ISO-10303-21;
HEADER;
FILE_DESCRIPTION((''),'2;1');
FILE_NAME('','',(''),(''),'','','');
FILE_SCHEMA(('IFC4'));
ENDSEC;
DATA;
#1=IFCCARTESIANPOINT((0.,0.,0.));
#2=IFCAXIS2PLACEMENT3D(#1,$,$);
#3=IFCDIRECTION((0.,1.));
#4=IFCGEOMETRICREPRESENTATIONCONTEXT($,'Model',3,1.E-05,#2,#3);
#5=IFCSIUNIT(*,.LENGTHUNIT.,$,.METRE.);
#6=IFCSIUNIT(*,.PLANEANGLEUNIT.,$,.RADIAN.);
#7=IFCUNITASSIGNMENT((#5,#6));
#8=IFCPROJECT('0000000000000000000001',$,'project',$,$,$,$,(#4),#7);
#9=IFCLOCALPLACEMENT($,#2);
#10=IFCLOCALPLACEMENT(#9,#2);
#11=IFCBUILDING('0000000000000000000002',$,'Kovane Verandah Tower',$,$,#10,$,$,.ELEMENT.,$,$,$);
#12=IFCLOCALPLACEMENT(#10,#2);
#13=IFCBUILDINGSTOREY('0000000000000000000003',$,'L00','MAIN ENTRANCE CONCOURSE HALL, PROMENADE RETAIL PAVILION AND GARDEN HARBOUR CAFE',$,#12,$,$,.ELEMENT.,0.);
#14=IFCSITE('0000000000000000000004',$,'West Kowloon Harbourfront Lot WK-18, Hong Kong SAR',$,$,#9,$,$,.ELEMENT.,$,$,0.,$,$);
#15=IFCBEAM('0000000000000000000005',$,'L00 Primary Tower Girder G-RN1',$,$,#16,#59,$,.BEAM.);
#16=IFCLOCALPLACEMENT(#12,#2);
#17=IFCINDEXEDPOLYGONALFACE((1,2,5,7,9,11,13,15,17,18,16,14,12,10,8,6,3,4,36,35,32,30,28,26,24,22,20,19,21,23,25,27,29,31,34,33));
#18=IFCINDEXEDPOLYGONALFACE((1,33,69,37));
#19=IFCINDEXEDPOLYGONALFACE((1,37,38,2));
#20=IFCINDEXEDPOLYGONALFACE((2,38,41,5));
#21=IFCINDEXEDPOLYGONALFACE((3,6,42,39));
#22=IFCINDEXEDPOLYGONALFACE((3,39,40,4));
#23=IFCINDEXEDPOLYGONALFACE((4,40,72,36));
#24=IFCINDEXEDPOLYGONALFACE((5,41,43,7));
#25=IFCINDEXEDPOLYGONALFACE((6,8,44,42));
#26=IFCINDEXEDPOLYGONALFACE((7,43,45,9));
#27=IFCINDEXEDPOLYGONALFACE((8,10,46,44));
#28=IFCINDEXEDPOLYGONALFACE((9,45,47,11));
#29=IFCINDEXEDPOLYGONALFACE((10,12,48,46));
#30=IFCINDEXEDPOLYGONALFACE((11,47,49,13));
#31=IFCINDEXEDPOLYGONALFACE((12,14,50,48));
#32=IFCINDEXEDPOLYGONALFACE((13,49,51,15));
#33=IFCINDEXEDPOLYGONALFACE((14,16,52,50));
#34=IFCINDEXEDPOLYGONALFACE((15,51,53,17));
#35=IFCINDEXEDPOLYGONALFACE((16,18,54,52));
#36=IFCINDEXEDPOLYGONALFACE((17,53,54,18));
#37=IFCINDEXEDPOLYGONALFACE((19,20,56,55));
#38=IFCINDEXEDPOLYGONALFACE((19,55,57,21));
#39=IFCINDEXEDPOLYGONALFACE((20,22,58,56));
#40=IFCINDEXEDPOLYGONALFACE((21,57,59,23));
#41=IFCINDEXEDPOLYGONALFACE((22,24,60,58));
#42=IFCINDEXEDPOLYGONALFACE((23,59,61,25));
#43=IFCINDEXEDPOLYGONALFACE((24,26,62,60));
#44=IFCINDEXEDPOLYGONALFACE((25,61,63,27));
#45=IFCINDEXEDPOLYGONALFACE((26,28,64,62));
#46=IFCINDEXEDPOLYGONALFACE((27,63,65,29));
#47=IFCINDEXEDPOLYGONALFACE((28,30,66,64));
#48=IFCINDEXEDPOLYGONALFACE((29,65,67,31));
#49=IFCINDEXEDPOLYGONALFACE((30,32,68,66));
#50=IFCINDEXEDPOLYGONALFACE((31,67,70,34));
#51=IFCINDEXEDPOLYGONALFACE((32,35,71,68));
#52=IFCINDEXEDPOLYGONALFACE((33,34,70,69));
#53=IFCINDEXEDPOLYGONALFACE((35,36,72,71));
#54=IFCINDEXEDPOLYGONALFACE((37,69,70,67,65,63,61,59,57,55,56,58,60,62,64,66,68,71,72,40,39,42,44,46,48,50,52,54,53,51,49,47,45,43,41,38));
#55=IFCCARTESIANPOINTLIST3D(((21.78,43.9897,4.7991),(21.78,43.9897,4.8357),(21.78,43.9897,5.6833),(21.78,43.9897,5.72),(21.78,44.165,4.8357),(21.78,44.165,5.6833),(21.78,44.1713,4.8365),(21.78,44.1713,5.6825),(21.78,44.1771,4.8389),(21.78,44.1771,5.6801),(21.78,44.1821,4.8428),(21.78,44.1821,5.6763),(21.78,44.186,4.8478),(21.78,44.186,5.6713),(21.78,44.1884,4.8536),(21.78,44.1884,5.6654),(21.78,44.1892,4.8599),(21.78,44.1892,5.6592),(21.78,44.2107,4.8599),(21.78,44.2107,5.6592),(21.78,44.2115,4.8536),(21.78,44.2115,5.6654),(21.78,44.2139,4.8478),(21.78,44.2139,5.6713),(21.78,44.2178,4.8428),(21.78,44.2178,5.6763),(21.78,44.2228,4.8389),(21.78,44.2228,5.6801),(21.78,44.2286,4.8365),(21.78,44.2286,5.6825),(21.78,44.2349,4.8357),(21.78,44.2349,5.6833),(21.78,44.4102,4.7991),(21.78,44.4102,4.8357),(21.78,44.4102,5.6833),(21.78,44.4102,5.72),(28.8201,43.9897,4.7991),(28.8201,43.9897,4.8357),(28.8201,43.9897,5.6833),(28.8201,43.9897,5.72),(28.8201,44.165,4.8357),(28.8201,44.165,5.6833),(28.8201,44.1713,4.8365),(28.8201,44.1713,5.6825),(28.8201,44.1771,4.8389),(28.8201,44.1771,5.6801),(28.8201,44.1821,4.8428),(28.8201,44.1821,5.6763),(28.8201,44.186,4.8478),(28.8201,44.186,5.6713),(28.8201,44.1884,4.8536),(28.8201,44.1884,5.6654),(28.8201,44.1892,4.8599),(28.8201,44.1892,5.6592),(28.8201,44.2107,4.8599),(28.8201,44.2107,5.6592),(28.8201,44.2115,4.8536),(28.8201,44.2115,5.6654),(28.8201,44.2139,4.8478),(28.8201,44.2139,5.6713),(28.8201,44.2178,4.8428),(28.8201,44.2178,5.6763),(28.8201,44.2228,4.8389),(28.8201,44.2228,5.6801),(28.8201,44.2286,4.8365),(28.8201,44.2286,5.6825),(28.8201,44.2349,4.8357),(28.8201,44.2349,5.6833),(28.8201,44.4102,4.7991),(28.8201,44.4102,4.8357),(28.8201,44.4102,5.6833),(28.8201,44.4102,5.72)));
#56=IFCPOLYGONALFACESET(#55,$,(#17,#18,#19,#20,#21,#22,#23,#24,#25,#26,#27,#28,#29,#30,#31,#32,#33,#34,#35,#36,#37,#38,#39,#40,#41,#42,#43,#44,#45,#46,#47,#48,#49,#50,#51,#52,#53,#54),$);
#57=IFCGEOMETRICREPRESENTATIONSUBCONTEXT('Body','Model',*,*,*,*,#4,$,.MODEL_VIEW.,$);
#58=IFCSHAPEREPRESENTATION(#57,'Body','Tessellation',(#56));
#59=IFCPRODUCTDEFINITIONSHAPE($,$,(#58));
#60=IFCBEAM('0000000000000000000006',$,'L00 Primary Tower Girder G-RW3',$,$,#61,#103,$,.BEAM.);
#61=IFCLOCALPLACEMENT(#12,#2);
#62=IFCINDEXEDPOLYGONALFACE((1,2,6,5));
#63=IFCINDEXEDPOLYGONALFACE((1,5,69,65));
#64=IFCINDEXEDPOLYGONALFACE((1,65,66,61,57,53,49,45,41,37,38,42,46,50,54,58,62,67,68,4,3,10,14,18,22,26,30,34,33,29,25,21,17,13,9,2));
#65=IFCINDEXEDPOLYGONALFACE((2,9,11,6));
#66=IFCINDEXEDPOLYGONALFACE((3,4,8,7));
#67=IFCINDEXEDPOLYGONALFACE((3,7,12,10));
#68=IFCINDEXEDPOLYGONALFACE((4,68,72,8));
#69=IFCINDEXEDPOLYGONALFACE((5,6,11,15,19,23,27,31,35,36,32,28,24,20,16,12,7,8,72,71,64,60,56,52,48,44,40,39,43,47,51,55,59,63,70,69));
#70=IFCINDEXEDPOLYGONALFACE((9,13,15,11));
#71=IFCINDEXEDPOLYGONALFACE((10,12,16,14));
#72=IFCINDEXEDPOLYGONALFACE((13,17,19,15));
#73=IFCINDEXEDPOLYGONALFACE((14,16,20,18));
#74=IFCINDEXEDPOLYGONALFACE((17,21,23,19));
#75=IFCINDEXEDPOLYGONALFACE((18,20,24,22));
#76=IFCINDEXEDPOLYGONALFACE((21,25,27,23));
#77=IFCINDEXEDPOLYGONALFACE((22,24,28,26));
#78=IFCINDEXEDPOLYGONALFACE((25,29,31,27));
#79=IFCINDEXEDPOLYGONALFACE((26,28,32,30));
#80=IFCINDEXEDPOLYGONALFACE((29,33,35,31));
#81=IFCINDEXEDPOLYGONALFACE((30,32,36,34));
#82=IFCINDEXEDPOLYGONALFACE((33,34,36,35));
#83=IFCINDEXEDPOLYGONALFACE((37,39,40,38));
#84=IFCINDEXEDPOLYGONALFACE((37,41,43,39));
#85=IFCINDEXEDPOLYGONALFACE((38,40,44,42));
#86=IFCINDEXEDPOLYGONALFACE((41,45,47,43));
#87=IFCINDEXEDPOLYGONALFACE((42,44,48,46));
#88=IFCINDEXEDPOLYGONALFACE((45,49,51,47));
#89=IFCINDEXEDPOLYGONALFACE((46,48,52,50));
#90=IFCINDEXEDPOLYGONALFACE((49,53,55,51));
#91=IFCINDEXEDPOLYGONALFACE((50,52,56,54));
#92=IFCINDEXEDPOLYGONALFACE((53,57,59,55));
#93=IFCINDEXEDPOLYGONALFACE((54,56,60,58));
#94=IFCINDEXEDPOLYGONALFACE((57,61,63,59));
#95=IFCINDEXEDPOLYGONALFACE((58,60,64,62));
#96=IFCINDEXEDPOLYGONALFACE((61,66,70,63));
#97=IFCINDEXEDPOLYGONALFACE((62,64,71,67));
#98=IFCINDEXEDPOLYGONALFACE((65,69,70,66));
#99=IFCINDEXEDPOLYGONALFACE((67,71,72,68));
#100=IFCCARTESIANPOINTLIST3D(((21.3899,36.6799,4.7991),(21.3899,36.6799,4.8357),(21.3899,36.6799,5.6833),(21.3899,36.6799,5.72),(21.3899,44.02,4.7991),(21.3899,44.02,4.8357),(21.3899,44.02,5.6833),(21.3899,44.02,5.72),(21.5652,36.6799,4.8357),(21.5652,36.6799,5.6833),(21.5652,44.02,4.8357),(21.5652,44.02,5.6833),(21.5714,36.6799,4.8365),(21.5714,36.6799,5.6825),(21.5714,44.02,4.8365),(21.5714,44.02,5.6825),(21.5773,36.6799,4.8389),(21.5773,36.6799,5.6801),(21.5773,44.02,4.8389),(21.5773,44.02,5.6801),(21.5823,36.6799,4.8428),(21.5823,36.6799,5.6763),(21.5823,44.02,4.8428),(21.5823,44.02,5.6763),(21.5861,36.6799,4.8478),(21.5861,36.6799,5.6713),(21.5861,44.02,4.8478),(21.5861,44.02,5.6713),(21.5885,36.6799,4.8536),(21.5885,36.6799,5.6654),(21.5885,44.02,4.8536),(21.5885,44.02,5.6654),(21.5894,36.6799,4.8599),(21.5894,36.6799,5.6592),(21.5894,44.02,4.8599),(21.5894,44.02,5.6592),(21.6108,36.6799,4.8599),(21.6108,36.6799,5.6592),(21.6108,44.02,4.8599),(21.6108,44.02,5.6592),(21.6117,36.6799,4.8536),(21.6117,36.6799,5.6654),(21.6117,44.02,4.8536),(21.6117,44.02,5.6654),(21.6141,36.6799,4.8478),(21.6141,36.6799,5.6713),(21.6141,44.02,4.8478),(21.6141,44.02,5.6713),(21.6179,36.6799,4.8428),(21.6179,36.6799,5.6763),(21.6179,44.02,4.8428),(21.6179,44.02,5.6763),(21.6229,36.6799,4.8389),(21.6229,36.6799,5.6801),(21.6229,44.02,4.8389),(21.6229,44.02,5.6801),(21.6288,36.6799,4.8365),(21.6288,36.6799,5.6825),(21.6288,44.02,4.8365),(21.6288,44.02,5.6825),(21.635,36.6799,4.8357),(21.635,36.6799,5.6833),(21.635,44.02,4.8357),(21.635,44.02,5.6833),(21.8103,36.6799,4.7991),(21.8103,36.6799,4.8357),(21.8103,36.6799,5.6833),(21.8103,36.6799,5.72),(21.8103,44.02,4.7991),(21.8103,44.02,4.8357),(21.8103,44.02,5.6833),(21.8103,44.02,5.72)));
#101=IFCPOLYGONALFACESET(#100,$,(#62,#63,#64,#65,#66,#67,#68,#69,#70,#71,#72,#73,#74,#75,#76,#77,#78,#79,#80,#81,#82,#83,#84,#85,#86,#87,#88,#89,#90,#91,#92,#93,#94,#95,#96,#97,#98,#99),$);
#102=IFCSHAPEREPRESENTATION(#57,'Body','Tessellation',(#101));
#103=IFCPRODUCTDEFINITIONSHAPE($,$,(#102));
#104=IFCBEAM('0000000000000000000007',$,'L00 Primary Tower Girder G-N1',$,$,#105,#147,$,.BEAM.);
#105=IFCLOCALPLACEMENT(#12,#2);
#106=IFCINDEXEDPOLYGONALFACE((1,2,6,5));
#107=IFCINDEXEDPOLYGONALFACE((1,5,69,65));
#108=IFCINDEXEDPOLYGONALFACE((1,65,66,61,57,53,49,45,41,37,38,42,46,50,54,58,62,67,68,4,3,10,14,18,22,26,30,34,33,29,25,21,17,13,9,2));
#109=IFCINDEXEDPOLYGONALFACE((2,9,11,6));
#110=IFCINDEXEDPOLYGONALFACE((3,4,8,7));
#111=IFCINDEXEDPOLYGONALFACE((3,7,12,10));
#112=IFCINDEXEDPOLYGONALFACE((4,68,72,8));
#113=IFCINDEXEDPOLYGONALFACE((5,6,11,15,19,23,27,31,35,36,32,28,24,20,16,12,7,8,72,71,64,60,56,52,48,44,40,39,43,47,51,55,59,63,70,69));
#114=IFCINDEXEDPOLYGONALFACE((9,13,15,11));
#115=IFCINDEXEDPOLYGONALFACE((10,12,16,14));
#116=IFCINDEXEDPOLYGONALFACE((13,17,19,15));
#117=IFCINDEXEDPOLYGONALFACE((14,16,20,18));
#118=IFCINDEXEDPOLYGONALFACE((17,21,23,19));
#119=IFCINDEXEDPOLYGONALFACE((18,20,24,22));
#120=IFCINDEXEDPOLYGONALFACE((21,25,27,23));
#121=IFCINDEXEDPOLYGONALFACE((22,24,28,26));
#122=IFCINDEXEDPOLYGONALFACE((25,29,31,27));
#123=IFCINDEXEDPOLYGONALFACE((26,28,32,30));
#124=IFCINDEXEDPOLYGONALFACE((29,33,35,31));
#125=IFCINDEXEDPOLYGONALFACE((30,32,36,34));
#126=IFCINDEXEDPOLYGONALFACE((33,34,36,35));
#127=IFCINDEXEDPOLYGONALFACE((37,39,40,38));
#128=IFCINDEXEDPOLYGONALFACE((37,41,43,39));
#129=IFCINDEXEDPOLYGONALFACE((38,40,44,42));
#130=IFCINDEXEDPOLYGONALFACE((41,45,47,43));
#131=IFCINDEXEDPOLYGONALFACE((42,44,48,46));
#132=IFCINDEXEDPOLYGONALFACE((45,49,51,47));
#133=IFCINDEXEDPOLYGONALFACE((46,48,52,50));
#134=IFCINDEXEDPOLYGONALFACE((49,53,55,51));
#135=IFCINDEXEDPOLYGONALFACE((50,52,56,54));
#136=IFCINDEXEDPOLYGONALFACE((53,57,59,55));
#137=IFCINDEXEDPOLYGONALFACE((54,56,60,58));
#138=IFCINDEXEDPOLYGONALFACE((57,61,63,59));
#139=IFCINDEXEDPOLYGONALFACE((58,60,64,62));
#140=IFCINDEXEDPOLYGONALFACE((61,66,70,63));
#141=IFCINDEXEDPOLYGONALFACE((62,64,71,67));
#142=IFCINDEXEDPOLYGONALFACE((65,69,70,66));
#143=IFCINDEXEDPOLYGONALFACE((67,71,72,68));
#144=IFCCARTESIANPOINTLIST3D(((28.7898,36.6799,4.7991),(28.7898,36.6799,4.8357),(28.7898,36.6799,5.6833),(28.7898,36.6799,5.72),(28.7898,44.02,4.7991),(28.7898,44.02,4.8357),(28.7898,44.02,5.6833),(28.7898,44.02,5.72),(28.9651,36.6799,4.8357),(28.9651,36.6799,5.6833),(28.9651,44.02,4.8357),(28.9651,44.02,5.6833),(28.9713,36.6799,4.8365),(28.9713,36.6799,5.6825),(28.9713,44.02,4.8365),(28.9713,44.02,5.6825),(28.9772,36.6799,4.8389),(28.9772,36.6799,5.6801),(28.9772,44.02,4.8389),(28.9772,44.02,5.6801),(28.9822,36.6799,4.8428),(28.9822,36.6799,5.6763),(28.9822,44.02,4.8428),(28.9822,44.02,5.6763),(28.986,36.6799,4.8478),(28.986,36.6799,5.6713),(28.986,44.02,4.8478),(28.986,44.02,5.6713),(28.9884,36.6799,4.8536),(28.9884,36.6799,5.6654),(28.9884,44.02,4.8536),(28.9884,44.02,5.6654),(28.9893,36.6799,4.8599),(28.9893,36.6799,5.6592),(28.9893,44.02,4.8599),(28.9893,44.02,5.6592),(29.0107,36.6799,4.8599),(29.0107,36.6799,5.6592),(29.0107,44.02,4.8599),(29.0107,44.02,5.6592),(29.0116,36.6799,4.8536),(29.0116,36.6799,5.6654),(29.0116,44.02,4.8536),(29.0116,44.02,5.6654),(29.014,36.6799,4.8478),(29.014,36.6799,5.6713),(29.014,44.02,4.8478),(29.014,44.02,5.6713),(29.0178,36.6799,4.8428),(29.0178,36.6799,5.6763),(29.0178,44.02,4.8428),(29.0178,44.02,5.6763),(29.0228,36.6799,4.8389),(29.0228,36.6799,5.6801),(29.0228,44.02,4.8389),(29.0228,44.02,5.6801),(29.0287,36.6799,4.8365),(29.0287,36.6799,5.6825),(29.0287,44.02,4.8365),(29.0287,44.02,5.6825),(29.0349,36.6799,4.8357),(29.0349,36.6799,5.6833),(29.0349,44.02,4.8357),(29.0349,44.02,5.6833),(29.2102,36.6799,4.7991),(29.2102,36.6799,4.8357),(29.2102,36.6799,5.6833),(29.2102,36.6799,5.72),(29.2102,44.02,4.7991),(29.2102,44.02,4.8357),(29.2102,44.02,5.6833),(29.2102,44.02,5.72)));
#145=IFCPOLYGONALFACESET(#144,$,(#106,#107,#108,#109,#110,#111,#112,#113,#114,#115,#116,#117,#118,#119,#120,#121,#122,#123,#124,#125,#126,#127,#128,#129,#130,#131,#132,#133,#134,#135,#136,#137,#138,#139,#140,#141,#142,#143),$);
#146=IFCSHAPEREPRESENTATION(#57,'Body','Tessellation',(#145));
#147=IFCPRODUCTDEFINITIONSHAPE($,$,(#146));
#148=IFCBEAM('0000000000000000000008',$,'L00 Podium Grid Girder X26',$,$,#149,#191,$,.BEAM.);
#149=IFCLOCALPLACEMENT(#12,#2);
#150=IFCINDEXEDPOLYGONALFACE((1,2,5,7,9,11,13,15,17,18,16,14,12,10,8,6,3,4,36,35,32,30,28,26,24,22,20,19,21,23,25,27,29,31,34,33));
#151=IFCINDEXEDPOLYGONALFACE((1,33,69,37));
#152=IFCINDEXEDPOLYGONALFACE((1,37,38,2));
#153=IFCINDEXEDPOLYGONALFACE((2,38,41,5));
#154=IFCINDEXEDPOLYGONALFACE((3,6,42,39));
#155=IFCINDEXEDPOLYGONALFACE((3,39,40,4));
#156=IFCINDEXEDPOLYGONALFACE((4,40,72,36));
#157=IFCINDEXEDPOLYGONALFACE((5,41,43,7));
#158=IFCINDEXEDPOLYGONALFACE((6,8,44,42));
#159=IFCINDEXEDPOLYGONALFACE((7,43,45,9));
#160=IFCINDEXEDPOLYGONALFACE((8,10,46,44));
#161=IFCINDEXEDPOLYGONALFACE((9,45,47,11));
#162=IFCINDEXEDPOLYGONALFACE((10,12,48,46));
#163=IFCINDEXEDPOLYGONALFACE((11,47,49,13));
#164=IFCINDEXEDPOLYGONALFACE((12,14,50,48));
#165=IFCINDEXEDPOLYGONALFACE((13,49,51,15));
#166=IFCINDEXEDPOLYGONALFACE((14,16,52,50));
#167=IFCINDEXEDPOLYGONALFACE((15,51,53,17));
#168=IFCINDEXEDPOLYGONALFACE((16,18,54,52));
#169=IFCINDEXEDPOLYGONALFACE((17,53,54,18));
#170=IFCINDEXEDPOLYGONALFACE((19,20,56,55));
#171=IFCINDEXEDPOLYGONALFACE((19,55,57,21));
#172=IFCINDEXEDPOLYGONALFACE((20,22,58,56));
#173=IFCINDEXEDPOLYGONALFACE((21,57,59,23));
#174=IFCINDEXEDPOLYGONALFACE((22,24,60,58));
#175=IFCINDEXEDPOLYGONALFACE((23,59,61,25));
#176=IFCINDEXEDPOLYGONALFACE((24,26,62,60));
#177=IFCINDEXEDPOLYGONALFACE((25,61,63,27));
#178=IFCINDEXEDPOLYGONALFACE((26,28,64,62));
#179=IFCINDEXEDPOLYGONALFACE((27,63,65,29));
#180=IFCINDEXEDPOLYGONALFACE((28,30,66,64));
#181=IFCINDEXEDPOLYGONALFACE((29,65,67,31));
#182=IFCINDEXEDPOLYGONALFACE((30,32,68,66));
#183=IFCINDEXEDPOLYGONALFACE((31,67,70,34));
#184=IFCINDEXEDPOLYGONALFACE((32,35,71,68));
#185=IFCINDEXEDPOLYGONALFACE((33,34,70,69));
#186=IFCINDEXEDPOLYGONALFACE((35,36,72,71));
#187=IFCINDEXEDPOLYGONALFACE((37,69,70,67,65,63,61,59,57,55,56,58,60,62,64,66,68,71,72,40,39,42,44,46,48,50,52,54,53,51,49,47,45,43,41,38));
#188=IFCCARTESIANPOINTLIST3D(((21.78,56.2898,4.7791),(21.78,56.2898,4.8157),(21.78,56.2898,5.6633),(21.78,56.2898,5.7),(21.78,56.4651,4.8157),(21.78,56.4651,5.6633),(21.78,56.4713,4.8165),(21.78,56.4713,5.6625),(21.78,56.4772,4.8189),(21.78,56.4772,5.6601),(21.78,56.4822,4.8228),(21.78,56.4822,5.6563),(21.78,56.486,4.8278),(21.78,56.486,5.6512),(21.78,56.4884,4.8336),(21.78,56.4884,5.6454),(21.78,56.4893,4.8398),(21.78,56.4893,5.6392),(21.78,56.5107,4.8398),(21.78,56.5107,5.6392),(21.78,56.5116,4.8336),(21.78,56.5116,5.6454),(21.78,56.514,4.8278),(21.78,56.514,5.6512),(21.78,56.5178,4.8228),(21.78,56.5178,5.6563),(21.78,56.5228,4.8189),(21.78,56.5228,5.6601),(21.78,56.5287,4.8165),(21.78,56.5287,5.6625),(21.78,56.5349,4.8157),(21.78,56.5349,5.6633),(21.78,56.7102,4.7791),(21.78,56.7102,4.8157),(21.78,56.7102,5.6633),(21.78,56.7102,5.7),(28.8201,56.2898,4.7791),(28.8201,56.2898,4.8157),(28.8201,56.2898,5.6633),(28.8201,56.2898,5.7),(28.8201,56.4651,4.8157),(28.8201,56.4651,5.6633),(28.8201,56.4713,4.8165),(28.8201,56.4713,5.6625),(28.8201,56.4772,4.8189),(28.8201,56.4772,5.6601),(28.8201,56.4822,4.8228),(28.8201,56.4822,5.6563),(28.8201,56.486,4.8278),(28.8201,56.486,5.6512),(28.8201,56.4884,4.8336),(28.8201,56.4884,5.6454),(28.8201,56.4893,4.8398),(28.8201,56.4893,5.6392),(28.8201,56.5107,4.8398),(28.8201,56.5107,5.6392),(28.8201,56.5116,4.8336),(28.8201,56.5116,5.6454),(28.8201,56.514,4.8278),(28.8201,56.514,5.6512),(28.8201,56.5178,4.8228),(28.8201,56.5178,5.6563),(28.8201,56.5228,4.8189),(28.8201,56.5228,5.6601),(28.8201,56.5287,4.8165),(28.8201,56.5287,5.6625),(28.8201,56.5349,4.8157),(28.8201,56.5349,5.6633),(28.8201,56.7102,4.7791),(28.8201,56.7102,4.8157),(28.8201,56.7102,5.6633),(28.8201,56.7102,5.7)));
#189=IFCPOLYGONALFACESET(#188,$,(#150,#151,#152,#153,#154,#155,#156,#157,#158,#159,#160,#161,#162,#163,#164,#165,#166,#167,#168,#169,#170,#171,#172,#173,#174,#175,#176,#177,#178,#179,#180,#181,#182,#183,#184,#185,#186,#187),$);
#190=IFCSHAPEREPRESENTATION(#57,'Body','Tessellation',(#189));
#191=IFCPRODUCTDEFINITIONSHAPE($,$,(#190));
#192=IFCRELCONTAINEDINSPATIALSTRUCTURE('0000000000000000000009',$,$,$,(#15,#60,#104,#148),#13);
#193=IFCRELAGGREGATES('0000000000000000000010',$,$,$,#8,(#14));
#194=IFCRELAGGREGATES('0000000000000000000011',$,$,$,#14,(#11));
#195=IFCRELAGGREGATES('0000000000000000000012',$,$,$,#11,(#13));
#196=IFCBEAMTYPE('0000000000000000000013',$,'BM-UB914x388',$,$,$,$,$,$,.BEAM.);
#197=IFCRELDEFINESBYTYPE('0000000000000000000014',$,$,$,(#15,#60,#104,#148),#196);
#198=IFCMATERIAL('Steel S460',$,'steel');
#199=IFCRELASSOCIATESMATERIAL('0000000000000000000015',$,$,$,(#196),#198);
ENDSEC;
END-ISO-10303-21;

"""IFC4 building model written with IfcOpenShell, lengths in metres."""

from ifc_helpers import new_model, si_unit, direction, frame, origin, origin_2d, place, context, subcontext, project, spatial, i_section, extrude, material, material_profile, profile_set, type_object, element, save


model = new_model("IFC4")

# Units and contexts
model_context = context("Model", 3, precision=1e-05, world=origin(), true_north=direction((0.0, 1.0)))
body_context = subcontext(model_context, "Body", "Model", "MODEL_VIEW")
ifc_project = project(units=[si_unit("LENGTHUNIT", "METRE"), si_unit("PLANEANGLEUNIT", "RADIAN")], contexts=[model_context])

# Site, building, storey
site_placement = place(None, origin())
site = spatial("IfcSite", under=ifc_project, at=site_placement, Name="West Kowloon Harbourfront Lot WK-18, Hong Kong SAR", CompositionType="ELEMENT", RefElevation=0.0)
building_placement = place(site_placement, origin())
building = spatial("IfcBuilding", under=site, at=building_placement, Name="Kovane Verandah Tower", CompositionType="ELEMENT")
storey_placement = place(building_placement, origin())
storey = spatial("IfcBuildingStorey", under=building, at=storey_placement, Name="L00", Description="MAIN ENTRANCE CONCOURSE HALL, PROMENADE RETAIL PAVILION AND GARDEN HARBOUR CAFE", CompositionType="ELEMENT", Elevation=0.0)

# Shared definitions
ifc_material_1 = material(Name="Steel S460", Category="steel")

# Beams
ifc_material_profile_1 = material_profile(ifc_material_1, i_section(OverallWidth=0.4204, OverallDepth=0.9209, WebThickness=0.0215, FlangeThickness=0.0366, FilletRadius=0.0242, at=origin_2d()), Name="UB914x419x388")
ifc_profile_set_1 = profile_set([ifc_material_profile_1], Name="Steel S460")
beam_type_1 = type_object("IfcBeamType", Name="BM-UB914x388", PredefinedType="BEAM", material=ifc_profile_set_1)
beam_1_placement = place(storey_placement, frame((21.78, 44.2, 5.2595), z_axis=(1.0, 0.0, 0.0), x_axis=(0.0, 1.0, 0.0)))
element("IfcBeam", 1, at=beam_1_placement, inside=storey, type_object=beam_type_1, Name="L00 Primary Tower Girder G-RN1", PredefinedType="BEAM", context=body_context, shape_type="SweptSolid", body=[
    extrude(i_section(OverallWidth=0.4204, OverallDepth=0.9209, WebThickness=0.0215, FlangeThickness=0.0366, FilletRadius=0.0242, at=origin_2d()), origin(), (0.0, 0.0, 1.0), 7.04),
])
for number, where, z_axis, x_axis, name in (
    (2, (21.6001, 36.6799, 5.2595), (0.0, 1.0, 0.0), (-1.0, 0.0, 0.0), "L00 Primary Tower Girder G-RW3"),
    (3, (29.0, 36.6799, 5.2595), (0.0, 1.0, 0.0), (-1.0, 0.0, 0.0), "L00 Primary Tower Girder G-N1"),
):
    element("IfcBeam", number, at=place(storey_placement, frame(where, z_axis=z_axis, x_axis=x_axis)), inside=storey, type_object=beam_type_1, Name=name, PredefinedType="BEAM", context=body_context, shape_type="SweptSolid", body=[
        extrude(i_section(OverallWidth=0.4204, OverallDepth=0.9209, WebThickness=0.0215, FlangeThickness=0.0366, FilletRadius=0.0242, at=origin_2d()), origin(), (0.0, 0.0, 1.0), 7.3401),
    ])
beam_2_placement = place(storey_placement, frame((21.78, 56.5, 5.2395), z_axis=(1.0, 0.0, 0.0), x_axis=(0.0, 1.0, 0.0)))
element("IfcBeam", 4, at=beam_2_placement, inside=storey, type_object=beam_type_1, Name="L00 Podium Grid Girder X26", PredefinedType="BEAM", context=body_context, shape_type="SweptSolid", body=[
    extrude(i_section(OverallWidth=0.4204, OverallDepth=0.9209, WebThickness=0.0215, FlangeThickness=0.0366, FilletRadius=0.0242, at=origin_2d()), origin(), (0.0, 0.0, 1.0), 7.04),
])

save(model, "model.ifc")
